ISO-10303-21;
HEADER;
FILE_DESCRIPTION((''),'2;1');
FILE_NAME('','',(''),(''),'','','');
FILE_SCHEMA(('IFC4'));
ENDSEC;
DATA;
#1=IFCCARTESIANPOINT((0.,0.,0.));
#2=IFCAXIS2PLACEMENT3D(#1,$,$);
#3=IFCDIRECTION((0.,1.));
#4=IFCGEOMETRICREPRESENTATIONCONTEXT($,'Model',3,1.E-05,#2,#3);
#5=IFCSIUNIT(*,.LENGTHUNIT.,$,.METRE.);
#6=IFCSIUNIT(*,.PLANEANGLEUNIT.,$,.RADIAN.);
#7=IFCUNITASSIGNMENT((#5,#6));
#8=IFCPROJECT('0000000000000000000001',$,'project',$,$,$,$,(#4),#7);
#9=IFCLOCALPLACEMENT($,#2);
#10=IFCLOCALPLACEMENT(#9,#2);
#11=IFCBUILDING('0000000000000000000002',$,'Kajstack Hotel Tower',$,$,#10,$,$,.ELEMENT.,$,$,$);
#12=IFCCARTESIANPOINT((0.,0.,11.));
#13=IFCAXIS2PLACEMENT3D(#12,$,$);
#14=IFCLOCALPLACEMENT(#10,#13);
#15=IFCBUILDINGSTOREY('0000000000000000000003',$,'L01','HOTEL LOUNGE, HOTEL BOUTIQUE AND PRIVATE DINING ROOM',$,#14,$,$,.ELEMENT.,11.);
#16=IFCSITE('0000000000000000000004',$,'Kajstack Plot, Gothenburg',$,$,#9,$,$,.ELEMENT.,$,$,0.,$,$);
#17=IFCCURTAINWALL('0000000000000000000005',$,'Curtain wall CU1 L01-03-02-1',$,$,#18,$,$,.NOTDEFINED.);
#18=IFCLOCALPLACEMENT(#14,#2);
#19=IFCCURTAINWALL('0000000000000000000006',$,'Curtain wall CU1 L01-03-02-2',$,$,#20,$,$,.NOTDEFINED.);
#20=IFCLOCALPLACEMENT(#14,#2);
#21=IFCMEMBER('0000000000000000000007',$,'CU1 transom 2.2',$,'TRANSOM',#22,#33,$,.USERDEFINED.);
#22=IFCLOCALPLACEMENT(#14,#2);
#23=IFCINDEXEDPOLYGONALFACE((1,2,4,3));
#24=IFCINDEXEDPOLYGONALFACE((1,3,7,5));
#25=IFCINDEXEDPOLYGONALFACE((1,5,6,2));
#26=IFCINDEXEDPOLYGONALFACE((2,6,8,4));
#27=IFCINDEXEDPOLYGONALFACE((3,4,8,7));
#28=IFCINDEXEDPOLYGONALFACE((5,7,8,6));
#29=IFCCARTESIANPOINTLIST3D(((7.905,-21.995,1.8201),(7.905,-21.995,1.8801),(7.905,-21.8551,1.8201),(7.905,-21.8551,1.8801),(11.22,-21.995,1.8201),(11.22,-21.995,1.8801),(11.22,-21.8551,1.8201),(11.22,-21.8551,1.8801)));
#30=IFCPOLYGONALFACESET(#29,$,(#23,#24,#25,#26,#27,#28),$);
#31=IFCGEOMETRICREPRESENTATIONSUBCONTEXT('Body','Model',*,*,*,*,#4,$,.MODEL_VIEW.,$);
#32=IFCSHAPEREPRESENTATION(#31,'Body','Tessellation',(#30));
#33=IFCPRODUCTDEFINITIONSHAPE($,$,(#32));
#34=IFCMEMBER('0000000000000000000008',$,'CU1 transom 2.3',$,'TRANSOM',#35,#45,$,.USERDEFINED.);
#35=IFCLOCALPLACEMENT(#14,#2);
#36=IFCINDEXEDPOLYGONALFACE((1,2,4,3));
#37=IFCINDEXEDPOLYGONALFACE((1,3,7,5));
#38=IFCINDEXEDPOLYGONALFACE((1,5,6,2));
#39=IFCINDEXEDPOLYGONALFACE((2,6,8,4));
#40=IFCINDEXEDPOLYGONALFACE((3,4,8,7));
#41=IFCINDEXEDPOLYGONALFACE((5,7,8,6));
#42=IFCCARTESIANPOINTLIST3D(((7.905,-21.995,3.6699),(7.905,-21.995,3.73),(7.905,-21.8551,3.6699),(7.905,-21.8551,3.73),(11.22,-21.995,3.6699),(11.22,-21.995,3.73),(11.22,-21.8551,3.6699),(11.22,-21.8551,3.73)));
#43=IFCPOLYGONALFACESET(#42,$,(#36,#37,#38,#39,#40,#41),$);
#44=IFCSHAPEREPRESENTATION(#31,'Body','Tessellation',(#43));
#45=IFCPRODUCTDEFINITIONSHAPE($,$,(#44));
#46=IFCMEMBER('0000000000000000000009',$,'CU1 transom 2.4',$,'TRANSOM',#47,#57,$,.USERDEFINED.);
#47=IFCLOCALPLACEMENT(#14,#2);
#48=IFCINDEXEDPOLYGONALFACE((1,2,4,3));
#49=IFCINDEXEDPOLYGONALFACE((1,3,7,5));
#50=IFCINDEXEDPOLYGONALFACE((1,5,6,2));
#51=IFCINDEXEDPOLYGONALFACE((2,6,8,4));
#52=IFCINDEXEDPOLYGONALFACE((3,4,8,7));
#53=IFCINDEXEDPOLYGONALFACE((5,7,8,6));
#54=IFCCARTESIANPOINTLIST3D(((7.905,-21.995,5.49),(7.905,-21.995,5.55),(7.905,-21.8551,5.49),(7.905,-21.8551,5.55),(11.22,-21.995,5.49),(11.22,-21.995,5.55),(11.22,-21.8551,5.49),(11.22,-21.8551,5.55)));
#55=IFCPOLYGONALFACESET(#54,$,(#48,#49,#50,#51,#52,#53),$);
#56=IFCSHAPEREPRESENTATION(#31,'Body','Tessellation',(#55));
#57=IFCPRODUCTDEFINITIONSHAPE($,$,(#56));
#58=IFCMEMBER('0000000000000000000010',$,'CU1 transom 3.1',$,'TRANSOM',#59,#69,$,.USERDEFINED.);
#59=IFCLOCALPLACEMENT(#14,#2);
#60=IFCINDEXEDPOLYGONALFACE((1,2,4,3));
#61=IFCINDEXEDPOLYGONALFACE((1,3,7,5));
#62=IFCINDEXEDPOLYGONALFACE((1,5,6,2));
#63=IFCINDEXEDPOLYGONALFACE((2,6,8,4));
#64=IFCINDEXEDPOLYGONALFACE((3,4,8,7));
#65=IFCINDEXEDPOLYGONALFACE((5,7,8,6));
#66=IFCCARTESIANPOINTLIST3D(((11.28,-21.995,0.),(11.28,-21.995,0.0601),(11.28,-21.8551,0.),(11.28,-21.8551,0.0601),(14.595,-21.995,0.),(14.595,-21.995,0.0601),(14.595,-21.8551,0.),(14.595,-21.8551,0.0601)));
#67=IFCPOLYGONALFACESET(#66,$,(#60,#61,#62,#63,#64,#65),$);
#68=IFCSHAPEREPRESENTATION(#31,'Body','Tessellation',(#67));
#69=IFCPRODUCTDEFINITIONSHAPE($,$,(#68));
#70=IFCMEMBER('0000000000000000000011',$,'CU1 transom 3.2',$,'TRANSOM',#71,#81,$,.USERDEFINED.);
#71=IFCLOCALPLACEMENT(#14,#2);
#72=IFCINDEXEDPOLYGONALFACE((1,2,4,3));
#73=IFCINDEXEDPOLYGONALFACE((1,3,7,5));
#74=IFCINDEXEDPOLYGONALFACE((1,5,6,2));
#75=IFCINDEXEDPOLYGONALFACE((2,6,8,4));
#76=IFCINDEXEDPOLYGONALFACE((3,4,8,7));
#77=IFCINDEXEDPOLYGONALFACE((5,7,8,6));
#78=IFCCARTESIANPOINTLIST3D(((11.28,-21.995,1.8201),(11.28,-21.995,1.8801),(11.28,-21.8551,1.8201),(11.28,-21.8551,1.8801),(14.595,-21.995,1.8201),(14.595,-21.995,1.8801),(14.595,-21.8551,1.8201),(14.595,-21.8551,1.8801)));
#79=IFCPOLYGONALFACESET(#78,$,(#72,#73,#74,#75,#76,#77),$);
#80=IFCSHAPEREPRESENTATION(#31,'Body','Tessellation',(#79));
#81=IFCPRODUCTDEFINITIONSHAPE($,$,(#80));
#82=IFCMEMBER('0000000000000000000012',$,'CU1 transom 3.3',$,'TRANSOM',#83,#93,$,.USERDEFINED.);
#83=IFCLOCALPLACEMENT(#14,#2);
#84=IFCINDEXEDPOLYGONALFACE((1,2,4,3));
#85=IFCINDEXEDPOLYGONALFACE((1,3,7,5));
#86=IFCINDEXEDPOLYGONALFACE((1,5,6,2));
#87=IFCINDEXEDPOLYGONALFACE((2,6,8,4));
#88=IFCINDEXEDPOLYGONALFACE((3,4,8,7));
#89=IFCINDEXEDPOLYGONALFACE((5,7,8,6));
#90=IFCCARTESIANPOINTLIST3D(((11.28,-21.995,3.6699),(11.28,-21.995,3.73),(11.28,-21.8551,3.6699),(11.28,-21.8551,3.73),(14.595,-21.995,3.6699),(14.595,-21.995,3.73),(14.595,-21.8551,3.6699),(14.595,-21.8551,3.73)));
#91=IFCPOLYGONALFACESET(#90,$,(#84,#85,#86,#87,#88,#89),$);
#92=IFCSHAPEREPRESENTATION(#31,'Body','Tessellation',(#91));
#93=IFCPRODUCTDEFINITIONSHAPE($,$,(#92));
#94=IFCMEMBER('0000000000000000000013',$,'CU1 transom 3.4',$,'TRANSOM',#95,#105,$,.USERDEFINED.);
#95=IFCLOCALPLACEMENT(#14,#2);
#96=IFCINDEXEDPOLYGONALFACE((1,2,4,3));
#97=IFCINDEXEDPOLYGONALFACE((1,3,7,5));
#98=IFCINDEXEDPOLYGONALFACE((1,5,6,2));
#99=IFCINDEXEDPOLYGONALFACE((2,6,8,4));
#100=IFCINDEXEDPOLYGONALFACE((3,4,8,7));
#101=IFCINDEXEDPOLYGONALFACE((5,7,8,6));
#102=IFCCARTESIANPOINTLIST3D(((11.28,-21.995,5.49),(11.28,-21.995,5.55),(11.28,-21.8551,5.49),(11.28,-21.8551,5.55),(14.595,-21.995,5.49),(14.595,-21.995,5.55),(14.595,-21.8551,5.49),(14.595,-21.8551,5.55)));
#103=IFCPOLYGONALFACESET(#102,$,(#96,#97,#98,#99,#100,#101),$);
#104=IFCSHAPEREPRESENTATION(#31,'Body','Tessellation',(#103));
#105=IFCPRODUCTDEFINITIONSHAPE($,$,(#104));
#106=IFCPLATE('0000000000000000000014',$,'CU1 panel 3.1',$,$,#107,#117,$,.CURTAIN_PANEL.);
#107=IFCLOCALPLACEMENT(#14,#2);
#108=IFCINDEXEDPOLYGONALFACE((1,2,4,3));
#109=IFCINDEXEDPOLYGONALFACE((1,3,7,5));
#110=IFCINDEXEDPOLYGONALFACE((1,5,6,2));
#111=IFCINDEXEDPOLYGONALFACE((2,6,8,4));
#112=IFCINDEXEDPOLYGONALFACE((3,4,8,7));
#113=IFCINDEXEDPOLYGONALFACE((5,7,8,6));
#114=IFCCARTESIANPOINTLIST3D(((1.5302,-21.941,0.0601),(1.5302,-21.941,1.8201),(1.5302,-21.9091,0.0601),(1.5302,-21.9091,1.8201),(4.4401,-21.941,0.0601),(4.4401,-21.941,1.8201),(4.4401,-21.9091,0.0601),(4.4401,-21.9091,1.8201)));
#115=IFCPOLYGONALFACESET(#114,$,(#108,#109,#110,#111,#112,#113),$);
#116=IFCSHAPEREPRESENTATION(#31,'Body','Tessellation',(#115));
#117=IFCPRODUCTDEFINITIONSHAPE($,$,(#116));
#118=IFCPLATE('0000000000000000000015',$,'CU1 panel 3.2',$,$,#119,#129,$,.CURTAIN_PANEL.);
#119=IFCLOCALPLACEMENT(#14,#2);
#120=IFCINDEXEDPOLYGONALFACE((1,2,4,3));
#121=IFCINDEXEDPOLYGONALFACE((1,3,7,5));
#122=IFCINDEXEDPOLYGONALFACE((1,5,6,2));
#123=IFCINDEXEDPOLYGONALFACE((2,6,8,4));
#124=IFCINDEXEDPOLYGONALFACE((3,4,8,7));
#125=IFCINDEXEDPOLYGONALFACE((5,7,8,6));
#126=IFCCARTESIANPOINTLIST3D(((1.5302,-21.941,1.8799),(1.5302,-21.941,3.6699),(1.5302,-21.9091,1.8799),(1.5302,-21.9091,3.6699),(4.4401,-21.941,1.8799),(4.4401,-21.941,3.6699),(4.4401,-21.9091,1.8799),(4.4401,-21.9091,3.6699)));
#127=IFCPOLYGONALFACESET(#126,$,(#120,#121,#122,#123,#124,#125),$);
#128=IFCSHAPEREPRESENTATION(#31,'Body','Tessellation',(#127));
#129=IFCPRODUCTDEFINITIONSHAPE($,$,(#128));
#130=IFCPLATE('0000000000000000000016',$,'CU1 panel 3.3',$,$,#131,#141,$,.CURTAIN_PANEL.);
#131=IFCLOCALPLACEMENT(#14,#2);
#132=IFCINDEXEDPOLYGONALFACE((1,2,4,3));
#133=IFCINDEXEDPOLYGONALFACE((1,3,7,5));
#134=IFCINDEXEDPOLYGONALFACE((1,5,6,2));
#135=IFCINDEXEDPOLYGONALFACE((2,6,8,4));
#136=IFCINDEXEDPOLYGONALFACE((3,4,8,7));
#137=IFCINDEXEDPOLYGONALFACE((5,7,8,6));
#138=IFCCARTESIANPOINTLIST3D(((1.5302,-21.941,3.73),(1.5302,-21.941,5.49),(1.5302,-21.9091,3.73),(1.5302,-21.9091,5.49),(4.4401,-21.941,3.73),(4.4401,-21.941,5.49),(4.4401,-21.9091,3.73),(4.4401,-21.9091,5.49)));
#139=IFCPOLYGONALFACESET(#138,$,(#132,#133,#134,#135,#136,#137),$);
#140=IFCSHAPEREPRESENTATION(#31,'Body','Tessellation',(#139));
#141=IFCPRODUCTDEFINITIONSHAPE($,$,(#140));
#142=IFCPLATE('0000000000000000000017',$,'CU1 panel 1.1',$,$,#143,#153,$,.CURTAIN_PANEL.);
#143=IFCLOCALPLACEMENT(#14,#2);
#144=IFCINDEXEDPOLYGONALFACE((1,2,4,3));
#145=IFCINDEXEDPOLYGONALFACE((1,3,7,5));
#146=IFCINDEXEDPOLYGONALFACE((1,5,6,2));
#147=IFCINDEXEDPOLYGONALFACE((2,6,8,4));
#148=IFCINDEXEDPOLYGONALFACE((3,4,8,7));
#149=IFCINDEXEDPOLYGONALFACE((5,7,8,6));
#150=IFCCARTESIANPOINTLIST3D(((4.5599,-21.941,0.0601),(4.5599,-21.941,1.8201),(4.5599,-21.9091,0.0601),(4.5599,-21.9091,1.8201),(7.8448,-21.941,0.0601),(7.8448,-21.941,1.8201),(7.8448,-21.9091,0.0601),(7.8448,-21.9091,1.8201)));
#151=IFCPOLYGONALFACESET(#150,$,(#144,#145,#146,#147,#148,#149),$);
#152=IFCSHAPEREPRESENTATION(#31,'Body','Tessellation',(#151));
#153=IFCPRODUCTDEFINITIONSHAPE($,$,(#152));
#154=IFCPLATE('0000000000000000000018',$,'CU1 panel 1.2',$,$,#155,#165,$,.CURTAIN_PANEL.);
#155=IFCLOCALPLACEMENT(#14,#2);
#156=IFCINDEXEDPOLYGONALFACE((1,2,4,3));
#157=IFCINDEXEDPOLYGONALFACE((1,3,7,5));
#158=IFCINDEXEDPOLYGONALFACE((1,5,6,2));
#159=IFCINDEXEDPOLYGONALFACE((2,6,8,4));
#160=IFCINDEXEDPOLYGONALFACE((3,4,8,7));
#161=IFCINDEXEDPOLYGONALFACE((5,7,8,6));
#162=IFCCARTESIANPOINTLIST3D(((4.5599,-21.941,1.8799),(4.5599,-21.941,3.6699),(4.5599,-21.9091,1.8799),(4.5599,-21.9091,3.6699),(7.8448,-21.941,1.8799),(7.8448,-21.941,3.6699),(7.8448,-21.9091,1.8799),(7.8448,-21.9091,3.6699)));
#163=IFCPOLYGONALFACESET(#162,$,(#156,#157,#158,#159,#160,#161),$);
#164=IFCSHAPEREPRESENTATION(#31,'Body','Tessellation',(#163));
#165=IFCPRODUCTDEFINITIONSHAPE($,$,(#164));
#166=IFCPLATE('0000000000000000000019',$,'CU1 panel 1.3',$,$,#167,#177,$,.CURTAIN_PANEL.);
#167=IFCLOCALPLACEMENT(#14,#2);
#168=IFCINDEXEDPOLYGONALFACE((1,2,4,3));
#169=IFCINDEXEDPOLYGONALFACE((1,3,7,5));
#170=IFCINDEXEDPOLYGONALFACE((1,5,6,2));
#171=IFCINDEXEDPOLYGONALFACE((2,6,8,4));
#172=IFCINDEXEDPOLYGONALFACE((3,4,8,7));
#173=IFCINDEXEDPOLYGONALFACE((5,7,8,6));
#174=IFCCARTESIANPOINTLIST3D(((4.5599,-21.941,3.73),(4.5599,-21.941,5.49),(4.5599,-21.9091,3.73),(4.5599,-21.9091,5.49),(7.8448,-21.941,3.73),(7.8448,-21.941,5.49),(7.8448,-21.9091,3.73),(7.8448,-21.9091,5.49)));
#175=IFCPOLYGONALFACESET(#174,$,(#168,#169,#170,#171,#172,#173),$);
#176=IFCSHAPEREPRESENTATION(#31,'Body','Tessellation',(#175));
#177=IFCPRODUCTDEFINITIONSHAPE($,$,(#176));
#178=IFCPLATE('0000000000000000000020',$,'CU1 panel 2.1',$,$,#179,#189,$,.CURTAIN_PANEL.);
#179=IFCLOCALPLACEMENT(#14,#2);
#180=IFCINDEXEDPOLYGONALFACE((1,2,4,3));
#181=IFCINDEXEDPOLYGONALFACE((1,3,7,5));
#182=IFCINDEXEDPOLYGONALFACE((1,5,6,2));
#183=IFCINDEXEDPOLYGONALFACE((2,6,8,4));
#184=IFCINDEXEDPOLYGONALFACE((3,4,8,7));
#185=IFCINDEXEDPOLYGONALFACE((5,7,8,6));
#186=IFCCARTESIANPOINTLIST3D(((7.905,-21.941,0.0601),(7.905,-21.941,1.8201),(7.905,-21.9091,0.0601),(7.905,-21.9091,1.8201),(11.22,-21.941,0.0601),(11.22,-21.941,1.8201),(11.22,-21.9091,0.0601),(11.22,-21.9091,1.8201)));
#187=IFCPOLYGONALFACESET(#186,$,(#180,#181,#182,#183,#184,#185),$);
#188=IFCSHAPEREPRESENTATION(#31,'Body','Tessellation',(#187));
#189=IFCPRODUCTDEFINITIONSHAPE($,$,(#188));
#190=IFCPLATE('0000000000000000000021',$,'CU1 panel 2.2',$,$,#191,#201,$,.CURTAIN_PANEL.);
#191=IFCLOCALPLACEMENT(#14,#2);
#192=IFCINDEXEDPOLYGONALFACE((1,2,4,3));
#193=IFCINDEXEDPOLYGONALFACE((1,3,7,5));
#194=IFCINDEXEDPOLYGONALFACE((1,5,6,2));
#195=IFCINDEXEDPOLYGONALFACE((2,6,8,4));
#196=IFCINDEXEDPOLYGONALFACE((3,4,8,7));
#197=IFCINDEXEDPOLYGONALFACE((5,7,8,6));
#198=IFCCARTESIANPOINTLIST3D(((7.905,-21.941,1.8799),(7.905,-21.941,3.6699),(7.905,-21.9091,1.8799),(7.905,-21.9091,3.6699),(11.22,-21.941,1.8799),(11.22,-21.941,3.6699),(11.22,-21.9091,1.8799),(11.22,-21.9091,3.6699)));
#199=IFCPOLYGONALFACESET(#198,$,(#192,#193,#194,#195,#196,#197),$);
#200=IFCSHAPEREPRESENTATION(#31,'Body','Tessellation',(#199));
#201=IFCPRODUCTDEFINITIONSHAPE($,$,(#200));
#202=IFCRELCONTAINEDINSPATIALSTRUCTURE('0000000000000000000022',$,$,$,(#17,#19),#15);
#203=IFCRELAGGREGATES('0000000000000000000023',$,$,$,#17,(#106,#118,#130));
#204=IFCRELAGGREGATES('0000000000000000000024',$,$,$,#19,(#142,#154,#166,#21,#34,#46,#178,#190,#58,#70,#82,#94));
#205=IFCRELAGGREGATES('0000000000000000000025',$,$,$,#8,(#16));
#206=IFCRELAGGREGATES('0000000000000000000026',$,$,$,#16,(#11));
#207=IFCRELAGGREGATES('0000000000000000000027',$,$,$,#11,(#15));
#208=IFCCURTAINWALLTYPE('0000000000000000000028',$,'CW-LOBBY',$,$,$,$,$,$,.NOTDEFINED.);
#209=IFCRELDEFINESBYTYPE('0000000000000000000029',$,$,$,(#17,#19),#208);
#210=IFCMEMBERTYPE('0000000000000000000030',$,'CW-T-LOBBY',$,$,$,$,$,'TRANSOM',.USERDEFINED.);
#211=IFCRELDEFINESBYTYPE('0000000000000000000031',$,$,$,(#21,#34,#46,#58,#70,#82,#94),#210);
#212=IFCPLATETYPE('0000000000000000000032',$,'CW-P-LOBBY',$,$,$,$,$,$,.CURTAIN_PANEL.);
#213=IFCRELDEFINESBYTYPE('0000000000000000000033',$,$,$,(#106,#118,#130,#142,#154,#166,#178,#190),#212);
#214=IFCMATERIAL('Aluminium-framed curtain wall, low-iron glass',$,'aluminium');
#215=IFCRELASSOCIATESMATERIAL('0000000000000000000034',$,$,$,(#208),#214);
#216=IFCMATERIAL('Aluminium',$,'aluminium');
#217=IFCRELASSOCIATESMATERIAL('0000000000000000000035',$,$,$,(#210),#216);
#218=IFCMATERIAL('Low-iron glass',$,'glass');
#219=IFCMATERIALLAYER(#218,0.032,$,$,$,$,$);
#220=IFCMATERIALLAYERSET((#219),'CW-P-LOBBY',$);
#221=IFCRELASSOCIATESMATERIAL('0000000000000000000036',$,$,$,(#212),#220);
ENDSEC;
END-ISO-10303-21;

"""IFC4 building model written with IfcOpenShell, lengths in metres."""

from ifc_helpers import new_model, si_unit, direction, frame, origin, origin_2d, place, context, subcontext, project, spatial, rectangle, extrude, material, layer, layer_set, material_profile, profile_set, type_object, element, aggregate, save


model = new_model("IFC4")

# Units and contexts
model_context = context("Model", 3, precision=1e-05, world=origin(), true_north=direction((0.0, 1.0)))
body_context = subcontext(model_context, "Body", "Model", "MODEL_VIEW")
ifc_project = project(units=[si_unit("LENGTHUNIT", "METRE"), si_unit("PLANEANGLEUNIT", "RADIAN")], contexts=[model_context])

# Site, building, storey
site_placement = place(None, origin())
site = spatial("IfcSite", under=ifc_project, at=site_placement, Name="Kajstack Plot, Gothenburg", CompositionType="ELEMENT", RefElevation=0.0)
building_placement = place(site_placement, origin())
building = spatial("IfcBuilding", under=site, at=building_placement, Name="Kajstack Hotel Tower", CompositionType="ELEMENT")
storey_placement = place(building_placement, frame((0.0, 0.0, 11.0)))
storey = spatial("IfcBuildingStorey", under=building, at=storey_placement, Name="L01", Description="HOTEL LOUNGE, HOTEL BOUTIQUE AND PRIVATE DINING ROOM", CompositionType="ELEMENT", Elevation=11.0)

# Curtain walls
ifc_material_1 = material(Name="Aluminium-framed curtain wall, low-iron glass", Category="aluminium")
curtain_wall_type = type_object("IfcCurtainWallType", Name="CW-LOBBY", PredefinedType="NOTDEFINED", material=ifc_material_1)
curtain_wall_1_placement = place(storey_placement, origin())
curtain_wall_1 = element("IfcCurtainWall", 1, at=curtain_wall_1_placement, inside=storey, type_object=curtain_wall_type, Name="Curtain wall CU1 L01-03-02-1", PredefinedType="NOTDEFINED")
ifc_material_2 = material(Name="Aluminium", Category="aluminium")
curtain_wall_2_placement = place(storey_placement, origin())
curtain_wall_2 = element("IfcCurtainWall", 2, at=curtain_wall_2_placement, inside=storey, type_object=curtain_wall_type, Name="Curtain wall CU1 L01-03-02-2", PredefinedType="NOTDEFINED")

# Members
ifc_material_profile_1 = material_profile(ifc_material_2, rectangle(XDim=0.1399, YDim=0.0601, at=origin_2d()), Name="Aluminium transom 140 x 60")
ifc_profile_set_1 = profile_set([ifc_material_profile_1], Name="Aluminium")
member_type_1 = type_object("IfcMemberType", Name="CW-T-LOBBY", ElementType="TRANSOM", PredefinedType="USERDEFINED", material=ifc_profile_set_1)
member_1_placement = place(storey_placement, frame((7.905, -21.925, 1.8501), z_axis=(1.0, 0.0, 0.0), x_axis=(0.0, 1.0, 0.0)))
member_1 = element("IfcMember", 3, at=member_1_placement, type_object=member_type_1, Name="CU1 transom 2.2", ObjectType="TRANSOM", PredefinedType="USERDEFINED", context=body_context, shape_type="SweptSolid", body=[
    extrude(rectangle(XDim=0.1399, YDim=0.0601, at=origin_2d()), origin(), (0.0, 0.0, 1.0), 3.3149),
])
member_2_placement = place(storey_placement, frame((7.905, -21.925, 3.7), z_axis=(1.0, 0.0, 0.0), x_axis=(0.0, 1.0, 0.0)))
member_2 = element("IfcMember", 4, at=member_2_placement, type_object=member_type_1, Name="CU1 transom 2.3", ObjectType="TRANSOM", PredefinedType="USERDEFINED", context=body_context, shape_type="SweptSolid", body=[
    extrude(rectangle(XDim=0.1399, YDim=0.0601, at=origin_2d()), origin(), (0.0, 0.0, 1.0), 3.3149),
])
member_3_placement = place(storey_placement, frame((7.905, -21.925, 5.52), z_axis=(1.0, 0.0, 0.0), x_axis=(0.0, 1.0, 0.0)))
member_3 = element("IfcMember", 5, at=member_3_placement, type_object=member_type_1, Name="CU1 transom 2.4", ObjectType="TRANSOM", PredefinedType="USERDEFINED", context=body_context, shape_type="SweptSolid", body=[
    extrude(rectangle(XDim=0.1399, YDim=0.0601, at=origin_2d()), origin(), (0.0, 0.0, 1.0), 3.3149),
])
member_4_placement = place(storey_placement, frame((11.28, -21.925, 0.03), z_axis=(1.0, 0.0, 0.0), x_axis=(0.0, 1.0, 0.0)))
member_4 = element("IfcMember", 6, at=member_4_placement, type_object=member_type_1, Name="CU1 transom 3.1", ObjectType="TRANSOM", PredefinedType="USERDEFINED", context=body_context, shape_type="SweptSolid", body=[
    extrude(rectangle(XDim=0.1399, YDim=0.0601, at=origin_2d()), origin(), (0.0, 0.0, 1.0), 3.3149),
])
member_5_placement = place(storey_placement, frame((11.28, -21.925, 1.8501), z_axis=(1.0, 0.0, 0.0), x_axis=(0.0, 1.0, 0.0)))
member_5 = element("IfcMember", 7, at=member_5_placement, type_object=member_type_1, Name="CU1 transom 3.2", ObjectType="TRANSOM", PredefinedType="USERDEFINED", context=body_context, shape_type="SweptSolid", body=[
    extrude(rectangle(XDim=0.1399, YDim=0.0601, at=origin_2d()), origin(), (0.0, 0.0, 1.0), 3.3149),
])
member_6_placement = place(storey_placement, frame((11.28, -21.925, 3.7), z_axis=(1.0, 0.0, 0.0), x_axis=(0.0, 1.0, 0.0)))
member_6 = element("IfcMember", 8, at=member_6_placement, type_object=member_type_1, Name="CU1 transom 3.3", ObjectType="TRANSOM", PredefinedType="USERDEFINED", context=body_context, shape_type="SweptSolid", body=[
    extrude(rectangle(XDim=0.1399, YDim=0.0601, at=origin_2d()), origin(), (0.0, 0.0, 1.0), 3.3149),
])
member_7_placement = place(storey_placement, frame((11.28, -21.925, 5.52), z_axis=(1.0, 0.0, 0.0), x_axis=(0.0, 1.0, 0.0)))
member_7 = element("IfcMember", 9, at=member_7_placement, type_object=member_type_1, Name="CU1 transom 3.4", ObjectType="TRANSOM", PredefinedType="USERDEFINED", context=body_context, shape_type="SweptSolid", body=[
    extrude(rectangle(XDim=0.1399, YDim=0.0601, at=origin_2d()), origin(), (0.0, 0.0, 1.0), 3.3149),
])

# Plates
ifc_material_3 = material(Name="Low-iron glass", Category="glass")
ifc_layer = layer(ifc_material_3, 0.032)
ifc_layer_set = layer_set([ifc_layer], Name="CW-P-LOBBY")
plate_type = type_object("IfcPlateType", Name="CW-P-LOBBY", PredefinedType="CURTAIN_PANEL", material=ifc_layer_set)
plate_1_placement = place(storey_placement, frame((2.9851, -21.925, 0.0601), z_axis=(0.0, 0.0, 1.0), x_axis=(1.0, 0.0, 0.0)))
plate_1 = element("IfcPlate", 10, at=plate_1_placement, type_object=plate_type, Name="CU1 panel 3.1", PredefinedType="CURTAIN_PANEL", context=body_context, shape_type="SweptSolid", body=[
    extrude(rectangle(XDim=2.9099, YDim=0.032, at=origin_2d()), origin(), (0.0, 0.0, 1.0), 1.76),
])
plate_2_placement = place(storey_placement, frame((2.9851, -21.925, 1.8799), z_axis=(0.0, 0.0, 1.0), x_axis=(1.0, 0.0, 0.0)))
plate_2 = element("IfcPlate", 11, at=plate_2_placement, type_object=plate_type, Name="CU1 panel 3.2", PredefinedType="CURTAIN_PANEL", context=body_context, shape_type="SweptSolid", body=[
    extrude(rectangle(XDim=2.9099, YDim=0.032, at=origin_2d()), origin(), (0.0, 0.0, 1.0), 1.79),
])
plate_3_placement = place(storey_placement, frame((2.9851, -21.925, 3.73), z_axis=(0.0, 0.0, 1.0), x_axis=(1.0, 0.0, 0.0)))
plate_3 = element("IfcPlate", 12, at=plate_3_placement, type_object=plate_type, Name="CU1 panel 3.3", PredefinedType="CURTAIN_PANEL", context=body_context, shape_type="SweptSolid", body=[
    extrude(rectangle(XDim=2.9099, YDim=0.032, at=origin_2d()), origin(), (0.0, 0.0, 1.0), 1.76),
])
aggregate(curtain_wall_1, [plate_1, plate_2, plate_3])
plate_4_placement = place(storey_placement, frame((6.2024, -21.925, 0.0601), z_axis=(0.0, 0.0, 1.0), x_axis=(1.0, 0.0, 0.0)))
plate_4 = element("IfcPlate", 13, at=plate_4_placement, type_object=plate_type, Name="CU1 panel 1.1", PredefinedType="CURTAIN_PANEL", context=body_context, shape_type="SweptSolid", body=[
    extrude(rectangle(XDim=3.2849, YDim=0.032, at=origin_2d()), origin(), (0.0, 0.0, 1.0), 1.76),
])
plate_5_placement = place(storey_placement, frame((6.2024, -21.925, 1.8799), z_axis=(0.0, 0.0, 1.0), x_axis=(1.0, 0.0, 0.0)))
plate_5 = element("IfcPlate", 14, at=plate_5_placement, type_object=plate_type, Name="CU1 panel 1.2", PredefinedType="CURTAIN_PANEL", context=body_context, shape_type="SweptSolid", body=[
    extrude(rectangle(XDim=3.2849, YDim=0.032, at=origin_2d()), origin(), (0.0, 0.0, 1.0), 1.79),
])
plate_6_placement = place(storey_placement, frame((6.2024, -21.925, 3.73), z_axis=(0.0, 0.0, 1.0), x_axis=(1.0, 0.0, 0.0)))
plate_6 = element("IfcPlate", 15, at=plate_6_placement, type_object=plate_type, Name="CU1 panel 1.3", PredefinedType="CURTAIN_PANEL", context=body_context, shape_type="SweptSolid", body=[
    extrude(rectangle(XDim=3.2849, YDim=0.032, at=origin_2d()), origin(), (0.0, 0.0, 1.0), 1.76),
])
plate_7_placement = place(storey_placement, frame((9.5625, -21.925, 0.0601), z_axis=(0.0, 0.0, 1.0), x_axis=(1.0, 0.0, 0.0)))
plate_7 = element("IfcPlate", 16, at=plate_7_placement, type_object=plate_type, Name="CU1 panel 2.1", PredefinedType="CURTAIN_PANEL", context=body_context, shape_type="SweptSolid", body=[
    extrude(rectangle(XDim=3.3149, YDim=0.032, at=origin_2d()), origin(), (0.0, 0.0, 1.0), 1.76),
])
plate_8_placement = place(storey_placement, frame((9.5625, -21.925, 1.8799), z_axis=(0.0, 0.0, 1.0), x_axis=(1.0, 0.0, 0.0)))
plate_8 = element("IfcPlate", 17, at=plate_8_placement, type_object=plate_type, Name="CU1 panel 2.2", PredefinedType="CURTAIN_PANEL", context=body_context, shape_type="SweptSolid", body=[
    extrude(rectangle(XDim=3.3149, YDim=0.032, at=origin_2d()), origin(), (0.0, 0.0, 1.0), 1.79),
])
aggregate(curtain_wall_2, [plate_4, plate_5, plate_6, member_1, member_2, member_3, plate_7, plate_8, member_4, member_5, member_6, member_7])

save(model, "model.ifc")
